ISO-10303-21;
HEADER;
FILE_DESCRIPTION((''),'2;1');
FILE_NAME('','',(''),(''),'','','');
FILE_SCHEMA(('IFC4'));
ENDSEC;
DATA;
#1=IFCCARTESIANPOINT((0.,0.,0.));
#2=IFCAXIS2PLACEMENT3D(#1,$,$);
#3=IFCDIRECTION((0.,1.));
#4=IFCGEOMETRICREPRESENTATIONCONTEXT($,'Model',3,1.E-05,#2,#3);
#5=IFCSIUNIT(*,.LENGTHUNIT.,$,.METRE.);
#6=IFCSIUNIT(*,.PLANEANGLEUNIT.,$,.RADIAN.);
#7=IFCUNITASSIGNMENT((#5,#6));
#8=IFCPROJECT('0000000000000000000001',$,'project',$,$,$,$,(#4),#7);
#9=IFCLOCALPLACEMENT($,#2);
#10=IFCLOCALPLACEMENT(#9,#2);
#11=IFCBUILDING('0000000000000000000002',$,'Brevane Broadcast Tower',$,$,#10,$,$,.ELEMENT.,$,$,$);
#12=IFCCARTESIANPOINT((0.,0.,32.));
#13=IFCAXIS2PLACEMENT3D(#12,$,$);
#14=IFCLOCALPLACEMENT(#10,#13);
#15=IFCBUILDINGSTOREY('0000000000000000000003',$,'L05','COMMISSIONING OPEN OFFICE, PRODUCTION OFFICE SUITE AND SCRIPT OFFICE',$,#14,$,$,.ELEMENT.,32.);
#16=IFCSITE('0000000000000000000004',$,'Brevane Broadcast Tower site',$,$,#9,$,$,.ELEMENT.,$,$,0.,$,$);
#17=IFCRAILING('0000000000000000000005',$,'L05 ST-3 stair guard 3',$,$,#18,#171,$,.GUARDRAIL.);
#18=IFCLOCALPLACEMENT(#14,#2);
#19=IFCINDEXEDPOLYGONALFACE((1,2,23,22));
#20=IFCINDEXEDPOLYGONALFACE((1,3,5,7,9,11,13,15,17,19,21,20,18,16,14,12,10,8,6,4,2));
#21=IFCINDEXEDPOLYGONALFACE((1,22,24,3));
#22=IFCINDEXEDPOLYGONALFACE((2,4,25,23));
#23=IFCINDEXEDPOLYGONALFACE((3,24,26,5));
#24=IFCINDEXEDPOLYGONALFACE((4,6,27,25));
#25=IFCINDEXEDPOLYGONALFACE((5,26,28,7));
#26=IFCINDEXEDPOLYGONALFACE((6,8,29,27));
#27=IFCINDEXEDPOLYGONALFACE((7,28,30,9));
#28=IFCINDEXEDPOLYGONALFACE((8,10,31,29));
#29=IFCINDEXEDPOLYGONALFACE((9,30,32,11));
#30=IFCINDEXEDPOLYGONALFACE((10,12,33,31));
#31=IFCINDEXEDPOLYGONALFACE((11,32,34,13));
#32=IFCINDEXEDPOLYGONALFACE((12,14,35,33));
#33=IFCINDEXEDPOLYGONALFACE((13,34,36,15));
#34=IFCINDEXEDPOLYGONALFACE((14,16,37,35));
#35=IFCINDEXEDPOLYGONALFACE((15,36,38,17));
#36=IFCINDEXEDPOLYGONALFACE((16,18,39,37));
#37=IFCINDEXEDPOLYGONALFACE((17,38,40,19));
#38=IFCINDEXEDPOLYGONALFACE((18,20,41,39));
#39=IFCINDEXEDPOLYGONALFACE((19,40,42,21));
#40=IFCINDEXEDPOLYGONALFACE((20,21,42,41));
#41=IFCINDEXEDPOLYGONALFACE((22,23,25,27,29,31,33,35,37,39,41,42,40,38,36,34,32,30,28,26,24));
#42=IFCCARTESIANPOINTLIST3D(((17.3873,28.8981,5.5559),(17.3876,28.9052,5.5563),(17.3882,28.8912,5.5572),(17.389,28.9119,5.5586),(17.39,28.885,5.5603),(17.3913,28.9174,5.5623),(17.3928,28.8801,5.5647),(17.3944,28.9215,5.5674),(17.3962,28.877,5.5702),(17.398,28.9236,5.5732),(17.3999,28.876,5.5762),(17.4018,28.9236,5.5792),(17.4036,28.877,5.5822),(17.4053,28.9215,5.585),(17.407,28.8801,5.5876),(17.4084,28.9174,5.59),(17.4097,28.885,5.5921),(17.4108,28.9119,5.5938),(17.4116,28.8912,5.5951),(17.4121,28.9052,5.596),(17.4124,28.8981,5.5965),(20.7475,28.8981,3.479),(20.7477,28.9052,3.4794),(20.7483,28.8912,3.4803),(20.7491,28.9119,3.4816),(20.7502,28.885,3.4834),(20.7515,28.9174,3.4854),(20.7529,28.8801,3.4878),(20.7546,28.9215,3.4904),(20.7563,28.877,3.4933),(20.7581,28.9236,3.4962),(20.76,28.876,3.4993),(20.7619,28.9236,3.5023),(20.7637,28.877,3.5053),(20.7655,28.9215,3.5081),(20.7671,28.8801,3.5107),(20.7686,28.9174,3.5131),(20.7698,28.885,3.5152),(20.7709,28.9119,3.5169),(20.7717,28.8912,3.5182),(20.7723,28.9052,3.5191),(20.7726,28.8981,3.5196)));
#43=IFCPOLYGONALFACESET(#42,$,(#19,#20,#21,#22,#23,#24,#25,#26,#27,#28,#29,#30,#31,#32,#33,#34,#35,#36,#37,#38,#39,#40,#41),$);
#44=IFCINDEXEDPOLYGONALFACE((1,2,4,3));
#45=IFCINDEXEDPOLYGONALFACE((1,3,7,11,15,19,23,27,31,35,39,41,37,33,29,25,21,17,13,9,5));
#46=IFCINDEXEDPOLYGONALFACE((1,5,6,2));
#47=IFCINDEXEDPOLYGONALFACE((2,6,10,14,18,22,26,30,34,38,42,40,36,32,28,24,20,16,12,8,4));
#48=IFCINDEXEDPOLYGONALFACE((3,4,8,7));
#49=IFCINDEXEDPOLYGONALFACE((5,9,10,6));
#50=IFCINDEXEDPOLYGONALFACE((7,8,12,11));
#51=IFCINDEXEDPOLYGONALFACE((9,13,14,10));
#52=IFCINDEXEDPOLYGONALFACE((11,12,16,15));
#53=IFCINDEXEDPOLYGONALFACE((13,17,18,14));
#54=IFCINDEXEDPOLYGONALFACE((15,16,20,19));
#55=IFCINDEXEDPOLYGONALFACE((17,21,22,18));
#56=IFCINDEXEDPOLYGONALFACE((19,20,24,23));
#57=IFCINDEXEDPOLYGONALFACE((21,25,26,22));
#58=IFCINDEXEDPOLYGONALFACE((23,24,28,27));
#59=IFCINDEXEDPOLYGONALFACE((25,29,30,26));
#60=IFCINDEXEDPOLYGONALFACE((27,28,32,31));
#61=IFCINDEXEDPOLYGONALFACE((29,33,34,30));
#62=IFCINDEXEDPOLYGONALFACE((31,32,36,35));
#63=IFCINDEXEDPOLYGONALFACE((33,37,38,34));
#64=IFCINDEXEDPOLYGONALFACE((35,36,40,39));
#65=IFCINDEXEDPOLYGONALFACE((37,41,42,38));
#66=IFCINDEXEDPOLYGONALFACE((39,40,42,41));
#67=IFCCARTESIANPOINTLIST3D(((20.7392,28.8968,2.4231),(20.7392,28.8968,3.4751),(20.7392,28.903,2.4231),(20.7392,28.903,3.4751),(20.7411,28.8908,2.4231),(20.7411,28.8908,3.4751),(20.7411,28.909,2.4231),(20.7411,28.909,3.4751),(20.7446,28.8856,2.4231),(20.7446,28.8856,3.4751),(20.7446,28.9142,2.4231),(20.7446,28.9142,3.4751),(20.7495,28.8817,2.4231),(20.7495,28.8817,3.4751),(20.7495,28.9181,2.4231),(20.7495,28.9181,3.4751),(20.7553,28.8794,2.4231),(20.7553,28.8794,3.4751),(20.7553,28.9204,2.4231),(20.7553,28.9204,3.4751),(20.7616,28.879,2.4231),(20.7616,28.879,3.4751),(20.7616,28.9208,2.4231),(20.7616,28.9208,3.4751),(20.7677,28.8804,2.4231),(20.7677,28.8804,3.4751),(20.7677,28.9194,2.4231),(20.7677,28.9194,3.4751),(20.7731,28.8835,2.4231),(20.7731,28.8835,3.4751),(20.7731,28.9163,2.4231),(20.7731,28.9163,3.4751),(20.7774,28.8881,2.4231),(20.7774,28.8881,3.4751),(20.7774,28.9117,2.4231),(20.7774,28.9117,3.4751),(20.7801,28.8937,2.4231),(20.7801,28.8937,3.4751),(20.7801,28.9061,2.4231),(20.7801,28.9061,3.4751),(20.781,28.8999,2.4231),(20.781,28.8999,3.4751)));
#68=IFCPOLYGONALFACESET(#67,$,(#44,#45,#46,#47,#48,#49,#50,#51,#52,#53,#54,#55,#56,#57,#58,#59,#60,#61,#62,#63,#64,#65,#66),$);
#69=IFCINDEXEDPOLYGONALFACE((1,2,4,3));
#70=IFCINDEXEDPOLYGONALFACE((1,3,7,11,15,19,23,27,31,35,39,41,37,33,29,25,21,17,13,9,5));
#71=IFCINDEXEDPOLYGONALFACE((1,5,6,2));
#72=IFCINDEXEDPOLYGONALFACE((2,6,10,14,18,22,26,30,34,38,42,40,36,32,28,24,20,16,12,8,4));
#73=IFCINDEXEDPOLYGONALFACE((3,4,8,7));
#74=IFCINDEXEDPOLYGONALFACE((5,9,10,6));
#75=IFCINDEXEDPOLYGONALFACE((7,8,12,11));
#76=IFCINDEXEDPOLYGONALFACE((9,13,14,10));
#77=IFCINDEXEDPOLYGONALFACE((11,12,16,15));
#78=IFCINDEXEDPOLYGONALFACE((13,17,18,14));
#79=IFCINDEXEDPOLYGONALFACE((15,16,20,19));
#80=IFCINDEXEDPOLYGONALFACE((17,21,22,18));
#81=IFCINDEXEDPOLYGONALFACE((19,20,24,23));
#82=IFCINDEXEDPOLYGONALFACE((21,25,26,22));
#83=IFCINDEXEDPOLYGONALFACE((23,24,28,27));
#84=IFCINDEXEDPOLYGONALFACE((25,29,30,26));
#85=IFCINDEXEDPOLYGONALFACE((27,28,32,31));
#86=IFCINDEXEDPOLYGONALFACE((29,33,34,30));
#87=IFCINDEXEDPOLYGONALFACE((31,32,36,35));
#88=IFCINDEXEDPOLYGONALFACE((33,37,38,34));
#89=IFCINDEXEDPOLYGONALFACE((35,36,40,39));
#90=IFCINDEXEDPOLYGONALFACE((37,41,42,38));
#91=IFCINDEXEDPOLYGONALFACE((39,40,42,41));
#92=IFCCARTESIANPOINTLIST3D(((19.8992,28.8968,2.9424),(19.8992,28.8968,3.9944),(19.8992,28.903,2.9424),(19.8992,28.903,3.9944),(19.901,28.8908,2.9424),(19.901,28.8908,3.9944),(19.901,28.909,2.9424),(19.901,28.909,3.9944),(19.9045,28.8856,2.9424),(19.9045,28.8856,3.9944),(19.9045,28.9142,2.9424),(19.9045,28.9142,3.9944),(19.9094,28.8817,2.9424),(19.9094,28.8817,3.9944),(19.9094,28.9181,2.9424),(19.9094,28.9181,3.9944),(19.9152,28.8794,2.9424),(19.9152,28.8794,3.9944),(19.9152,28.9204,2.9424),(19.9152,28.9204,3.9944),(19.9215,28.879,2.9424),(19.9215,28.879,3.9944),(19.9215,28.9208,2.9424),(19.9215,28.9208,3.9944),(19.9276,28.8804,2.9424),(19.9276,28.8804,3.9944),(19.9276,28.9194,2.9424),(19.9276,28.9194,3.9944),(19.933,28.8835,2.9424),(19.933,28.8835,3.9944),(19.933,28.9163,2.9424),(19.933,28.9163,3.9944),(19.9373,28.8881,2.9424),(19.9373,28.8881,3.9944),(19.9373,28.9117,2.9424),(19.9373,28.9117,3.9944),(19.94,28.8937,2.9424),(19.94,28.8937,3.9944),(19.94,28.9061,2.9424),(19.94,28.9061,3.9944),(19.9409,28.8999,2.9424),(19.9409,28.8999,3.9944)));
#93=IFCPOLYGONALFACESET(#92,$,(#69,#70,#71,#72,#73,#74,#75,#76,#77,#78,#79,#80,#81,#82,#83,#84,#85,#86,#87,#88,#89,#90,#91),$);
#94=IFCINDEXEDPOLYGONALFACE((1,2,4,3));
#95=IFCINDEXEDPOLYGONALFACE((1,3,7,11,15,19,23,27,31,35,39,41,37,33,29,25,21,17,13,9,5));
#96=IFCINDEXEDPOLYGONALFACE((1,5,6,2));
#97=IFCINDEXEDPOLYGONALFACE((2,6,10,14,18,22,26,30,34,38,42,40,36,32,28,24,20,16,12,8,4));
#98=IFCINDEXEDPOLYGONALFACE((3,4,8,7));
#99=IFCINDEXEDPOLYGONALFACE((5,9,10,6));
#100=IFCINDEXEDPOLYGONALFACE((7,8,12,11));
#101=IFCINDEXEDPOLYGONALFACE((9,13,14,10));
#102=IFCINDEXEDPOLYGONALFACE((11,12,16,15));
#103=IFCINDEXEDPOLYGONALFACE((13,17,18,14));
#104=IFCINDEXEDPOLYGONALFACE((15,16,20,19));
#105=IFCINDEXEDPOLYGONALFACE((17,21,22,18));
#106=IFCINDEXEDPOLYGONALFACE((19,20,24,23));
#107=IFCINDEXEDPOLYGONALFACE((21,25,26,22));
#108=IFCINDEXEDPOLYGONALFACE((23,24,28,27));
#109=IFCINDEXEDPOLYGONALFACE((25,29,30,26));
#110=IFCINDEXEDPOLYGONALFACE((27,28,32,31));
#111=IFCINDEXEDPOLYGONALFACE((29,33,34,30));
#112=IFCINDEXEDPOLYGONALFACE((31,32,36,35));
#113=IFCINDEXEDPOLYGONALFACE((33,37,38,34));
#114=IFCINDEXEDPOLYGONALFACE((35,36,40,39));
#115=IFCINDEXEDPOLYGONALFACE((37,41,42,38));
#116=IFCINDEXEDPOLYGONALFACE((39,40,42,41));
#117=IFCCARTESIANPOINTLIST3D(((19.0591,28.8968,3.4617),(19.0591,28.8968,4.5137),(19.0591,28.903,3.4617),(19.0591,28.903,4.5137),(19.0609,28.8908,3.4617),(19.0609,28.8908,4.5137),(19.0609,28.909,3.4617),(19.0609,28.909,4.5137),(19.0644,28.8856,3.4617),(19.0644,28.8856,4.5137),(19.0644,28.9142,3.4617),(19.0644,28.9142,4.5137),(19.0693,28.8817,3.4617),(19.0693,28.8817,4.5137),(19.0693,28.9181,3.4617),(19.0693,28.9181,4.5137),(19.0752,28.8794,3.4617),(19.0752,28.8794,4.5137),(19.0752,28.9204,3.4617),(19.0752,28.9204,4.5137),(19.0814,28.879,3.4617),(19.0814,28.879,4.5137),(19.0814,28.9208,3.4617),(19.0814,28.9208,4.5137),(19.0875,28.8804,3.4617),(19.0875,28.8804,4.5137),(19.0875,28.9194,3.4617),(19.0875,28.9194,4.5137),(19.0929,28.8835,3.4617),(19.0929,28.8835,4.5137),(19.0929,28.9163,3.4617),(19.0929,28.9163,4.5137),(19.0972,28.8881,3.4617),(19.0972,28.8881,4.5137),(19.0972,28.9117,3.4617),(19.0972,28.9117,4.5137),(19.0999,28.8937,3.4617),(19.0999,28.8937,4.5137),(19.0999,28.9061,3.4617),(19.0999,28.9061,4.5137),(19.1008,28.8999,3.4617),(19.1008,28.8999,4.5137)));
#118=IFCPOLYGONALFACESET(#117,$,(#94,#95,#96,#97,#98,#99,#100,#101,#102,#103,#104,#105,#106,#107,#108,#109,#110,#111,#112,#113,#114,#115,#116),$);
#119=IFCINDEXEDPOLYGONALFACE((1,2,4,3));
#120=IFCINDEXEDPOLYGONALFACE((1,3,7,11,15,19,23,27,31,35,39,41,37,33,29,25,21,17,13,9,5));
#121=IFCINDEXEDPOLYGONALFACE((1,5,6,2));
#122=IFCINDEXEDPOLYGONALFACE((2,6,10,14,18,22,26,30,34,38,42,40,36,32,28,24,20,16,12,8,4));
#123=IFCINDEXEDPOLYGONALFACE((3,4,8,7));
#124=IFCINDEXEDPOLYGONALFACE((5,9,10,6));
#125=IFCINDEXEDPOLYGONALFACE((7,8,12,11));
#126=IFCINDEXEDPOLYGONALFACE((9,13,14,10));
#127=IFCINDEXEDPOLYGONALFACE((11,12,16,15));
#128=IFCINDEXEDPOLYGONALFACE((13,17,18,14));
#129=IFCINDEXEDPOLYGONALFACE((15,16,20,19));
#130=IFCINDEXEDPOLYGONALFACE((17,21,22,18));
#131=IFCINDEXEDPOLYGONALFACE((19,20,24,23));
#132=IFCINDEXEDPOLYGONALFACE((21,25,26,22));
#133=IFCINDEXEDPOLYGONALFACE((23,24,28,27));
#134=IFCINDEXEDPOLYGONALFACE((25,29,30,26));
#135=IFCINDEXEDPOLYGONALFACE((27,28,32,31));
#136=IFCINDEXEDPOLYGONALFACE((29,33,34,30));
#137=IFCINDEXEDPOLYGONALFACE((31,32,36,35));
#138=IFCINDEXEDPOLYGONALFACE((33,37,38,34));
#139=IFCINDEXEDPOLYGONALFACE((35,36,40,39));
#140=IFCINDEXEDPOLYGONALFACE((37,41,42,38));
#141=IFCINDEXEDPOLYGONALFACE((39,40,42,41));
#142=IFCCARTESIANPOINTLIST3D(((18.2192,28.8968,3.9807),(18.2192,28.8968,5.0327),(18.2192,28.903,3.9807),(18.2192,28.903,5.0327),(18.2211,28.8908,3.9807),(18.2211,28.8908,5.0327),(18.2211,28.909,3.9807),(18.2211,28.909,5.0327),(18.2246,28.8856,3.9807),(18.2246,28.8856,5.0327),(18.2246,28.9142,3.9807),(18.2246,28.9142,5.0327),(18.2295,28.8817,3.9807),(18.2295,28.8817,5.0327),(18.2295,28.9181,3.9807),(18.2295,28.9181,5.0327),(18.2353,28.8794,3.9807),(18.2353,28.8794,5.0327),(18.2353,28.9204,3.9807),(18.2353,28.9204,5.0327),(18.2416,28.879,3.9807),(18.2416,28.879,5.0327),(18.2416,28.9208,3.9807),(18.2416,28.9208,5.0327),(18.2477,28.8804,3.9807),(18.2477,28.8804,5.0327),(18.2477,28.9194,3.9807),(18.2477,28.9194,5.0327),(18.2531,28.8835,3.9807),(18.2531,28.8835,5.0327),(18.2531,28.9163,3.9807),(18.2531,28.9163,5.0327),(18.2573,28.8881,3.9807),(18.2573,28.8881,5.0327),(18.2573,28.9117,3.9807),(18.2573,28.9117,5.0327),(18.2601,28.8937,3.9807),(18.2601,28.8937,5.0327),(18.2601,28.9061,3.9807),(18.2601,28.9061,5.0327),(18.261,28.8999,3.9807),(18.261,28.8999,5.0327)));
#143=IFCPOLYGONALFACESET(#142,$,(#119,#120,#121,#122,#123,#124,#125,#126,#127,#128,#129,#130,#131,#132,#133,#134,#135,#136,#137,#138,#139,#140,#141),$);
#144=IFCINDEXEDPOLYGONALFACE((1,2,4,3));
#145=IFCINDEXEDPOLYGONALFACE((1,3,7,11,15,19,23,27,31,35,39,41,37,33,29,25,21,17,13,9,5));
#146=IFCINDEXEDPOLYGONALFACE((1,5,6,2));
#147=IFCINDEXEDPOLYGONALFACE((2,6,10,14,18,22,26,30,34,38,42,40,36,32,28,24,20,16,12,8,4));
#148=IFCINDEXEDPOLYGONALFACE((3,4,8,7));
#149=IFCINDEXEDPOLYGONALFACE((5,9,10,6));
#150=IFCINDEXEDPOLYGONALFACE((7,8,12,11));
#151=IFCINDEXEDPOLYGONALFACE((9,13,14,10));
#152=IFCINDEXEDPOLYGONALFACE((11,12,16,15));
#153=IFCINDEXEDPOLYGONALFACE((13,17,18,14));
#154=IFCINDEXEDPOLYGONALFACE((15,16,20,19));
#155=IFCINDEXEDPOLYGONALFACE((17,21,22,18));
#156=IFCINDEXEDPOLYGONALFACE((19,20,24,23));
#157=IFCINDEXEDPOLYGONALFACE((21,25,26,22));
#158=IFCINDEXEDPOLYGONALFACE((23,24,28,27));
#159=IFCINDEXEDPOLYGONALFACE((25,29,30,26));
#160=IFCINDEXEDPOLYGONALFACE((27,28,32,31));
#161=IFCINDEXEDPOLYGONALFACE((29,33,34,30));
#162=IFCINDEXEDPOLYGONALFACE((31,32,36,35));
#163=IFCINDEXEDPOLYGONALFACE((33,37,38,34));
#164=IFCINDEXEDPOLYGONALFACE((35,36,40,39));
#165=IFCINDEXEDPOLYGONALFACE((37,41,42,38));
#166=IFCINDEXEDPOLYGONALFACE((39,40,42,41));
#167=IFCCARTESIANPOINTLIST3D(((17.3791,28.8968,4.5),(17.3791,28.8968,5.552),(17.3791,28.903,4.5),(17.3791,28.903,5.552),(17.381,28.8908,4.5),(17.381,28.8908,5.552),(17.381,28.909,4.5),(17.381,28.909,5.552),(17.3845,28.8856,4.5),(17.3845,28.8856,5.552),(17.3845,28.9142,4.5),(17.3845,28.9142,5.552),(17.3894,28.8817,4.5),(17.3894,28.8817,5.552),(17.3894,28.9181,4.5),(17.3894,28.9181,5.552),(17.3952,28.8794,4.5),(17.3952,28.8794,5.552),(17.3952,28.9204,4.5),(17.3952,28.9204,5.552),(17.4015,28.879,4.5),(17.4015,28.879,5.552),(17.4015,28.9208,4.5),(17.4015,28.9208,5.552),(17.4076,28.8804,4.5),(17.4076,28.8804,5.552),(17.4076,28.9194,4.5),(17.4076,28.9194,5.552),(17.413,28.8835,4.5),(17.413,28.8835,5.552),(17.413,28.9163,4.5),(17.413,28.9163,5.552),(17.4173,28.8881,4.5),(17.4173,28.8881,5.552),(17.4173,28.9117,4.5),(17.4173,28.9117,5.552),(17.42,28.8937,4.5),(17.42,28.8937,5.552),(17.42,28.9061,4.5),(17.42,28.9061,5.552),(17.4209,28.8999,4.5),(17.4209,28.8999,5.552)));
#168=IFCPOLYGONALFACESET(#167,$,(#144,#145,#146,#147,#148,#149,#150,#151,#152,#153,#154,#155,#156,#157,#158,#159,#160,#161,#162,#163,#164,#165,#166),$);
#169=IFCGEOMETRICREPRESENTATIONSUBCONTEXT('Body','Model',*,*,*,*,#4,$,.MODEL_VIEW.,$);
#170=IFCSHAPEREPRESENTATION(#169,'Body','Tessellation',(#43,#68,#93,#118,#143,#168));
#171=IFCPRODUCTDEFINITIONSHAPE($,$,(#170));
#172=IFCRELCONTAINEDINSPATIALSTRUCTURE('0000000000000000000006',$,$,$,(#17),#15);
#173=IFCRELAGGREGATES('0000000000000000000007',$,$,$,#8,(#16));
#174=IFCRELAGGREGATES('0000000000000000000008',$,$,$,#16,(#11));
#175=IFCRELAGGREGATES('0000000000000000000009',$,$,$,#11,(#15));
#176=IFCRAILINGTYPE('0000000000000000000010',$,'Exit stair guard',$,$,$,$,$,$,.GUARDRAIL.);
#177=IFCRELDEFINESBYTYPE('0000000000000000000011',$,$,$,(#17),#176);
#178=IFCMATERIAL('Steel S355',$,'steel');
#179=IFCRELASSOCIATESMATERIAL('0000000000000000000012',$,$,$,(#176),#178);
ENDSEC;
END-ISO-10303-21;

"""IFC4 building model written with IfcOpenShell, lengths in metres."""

from ifc_helpers import new_model, si_unit, direction, frame, origin, origin_2d, place, context, subcontext, project, spatial, circle, extrude, material, type_object, element, save


model = new_model("IFC4")

# Units and contexts
model_context = context("Model", 3, precision=1e-05, world=origin(), true_north=direction((0.0, 1.0)))
body_context = subcontext(model_context, "Body", "Model", "MODEL_VIEW")
ifc_project = project(units=[si_unit("LENGTHUNIT", "METRE"), si_unit("PLANEANGLEUNIT", "RADIAN")], contexts=[model_context])

# Site, building, storey
site_placement = place(None, origin())
site = spatial("IfcSite", under=ifc_project, at=site_placement, Name="Brevane Broadcast Tower site", CompositionType="ELEMENT", RefElevation=0.0)
building_placement = place(site_placement, origin())
building = spatial("IfcBuilding", under=site, at=building_placement, Name="Brevane Broadcast Tower", CompositionType="ELEMENT")
storey_placement = place(building_placement, frame((0.0, 0.0, 32.0)))
storey = spatial("IfcBuildingStorey", under=building, at=storey_placement, Name="L05", Description="COMMISSIONING OPEN OFFICE, PRODUCTION OFFICE SUITE AND SCRIPT OFFICE", CompositionType="ELEMENT", Elevation=32.0)

# Railing
ifc_material_1 = material(Name="Steel S355", Category="steel")
railing_type_1 = type_object("IfcRailingType", Name="Exit stair guard", PredefinedType="GUARDRAIL", material=ifc_material_1)
railing_1_placement = place(storey_placement, frame((20.76, 28.8999, 2.4231)))
element("IfcRailing", 1, at=railing_1_placement, inside=storey, type_object=railing_type_1, Name="L05 ST-3 stair guard 3", PredefinedType="GUARDRAIL", context=body_context, shape_type="SweptSolid", body=[
    extrude(circle(Radius=0.0239, at=origin_2d()), frame((0.0, 0.0, 1.0762), z_axis=(-0.850623, 0.0, 0.525776), x_axis=(0.0, -1.0, 0.0)), (0.0, 0.0, 1.0), 3.9502),
    extrude(circle(Radius=0.021, at=origin_2d()), origin(), (0.0, 0.0, 1.0), 1.052),
    extrude(circle(Radius=0.021, at=origin_2d()), frame((-0.8401, 0.0, 0.5193)), (0.0, 0.0, 1.0), 1.052),
    extrude(circle(Radius=0.021, at=origin_2d()), frame((-1.6802, 0.0, 1.0386)), (0.0, 0.0, 1.0), 1.052),
    extrude(circle(Radius=0.021, at=origin_2d()), frame((-2.52, 0.0, 1.5576)), (0.0, 0.0, 1.0), 1.052),
    extrude(circle(Radius=0.021, at=origin_2d()), frame((-3.3601, 0.0, 2.0769)), (0.0, 0.0, 1.0), 1.052),
])

save(model, "model.ifc")
